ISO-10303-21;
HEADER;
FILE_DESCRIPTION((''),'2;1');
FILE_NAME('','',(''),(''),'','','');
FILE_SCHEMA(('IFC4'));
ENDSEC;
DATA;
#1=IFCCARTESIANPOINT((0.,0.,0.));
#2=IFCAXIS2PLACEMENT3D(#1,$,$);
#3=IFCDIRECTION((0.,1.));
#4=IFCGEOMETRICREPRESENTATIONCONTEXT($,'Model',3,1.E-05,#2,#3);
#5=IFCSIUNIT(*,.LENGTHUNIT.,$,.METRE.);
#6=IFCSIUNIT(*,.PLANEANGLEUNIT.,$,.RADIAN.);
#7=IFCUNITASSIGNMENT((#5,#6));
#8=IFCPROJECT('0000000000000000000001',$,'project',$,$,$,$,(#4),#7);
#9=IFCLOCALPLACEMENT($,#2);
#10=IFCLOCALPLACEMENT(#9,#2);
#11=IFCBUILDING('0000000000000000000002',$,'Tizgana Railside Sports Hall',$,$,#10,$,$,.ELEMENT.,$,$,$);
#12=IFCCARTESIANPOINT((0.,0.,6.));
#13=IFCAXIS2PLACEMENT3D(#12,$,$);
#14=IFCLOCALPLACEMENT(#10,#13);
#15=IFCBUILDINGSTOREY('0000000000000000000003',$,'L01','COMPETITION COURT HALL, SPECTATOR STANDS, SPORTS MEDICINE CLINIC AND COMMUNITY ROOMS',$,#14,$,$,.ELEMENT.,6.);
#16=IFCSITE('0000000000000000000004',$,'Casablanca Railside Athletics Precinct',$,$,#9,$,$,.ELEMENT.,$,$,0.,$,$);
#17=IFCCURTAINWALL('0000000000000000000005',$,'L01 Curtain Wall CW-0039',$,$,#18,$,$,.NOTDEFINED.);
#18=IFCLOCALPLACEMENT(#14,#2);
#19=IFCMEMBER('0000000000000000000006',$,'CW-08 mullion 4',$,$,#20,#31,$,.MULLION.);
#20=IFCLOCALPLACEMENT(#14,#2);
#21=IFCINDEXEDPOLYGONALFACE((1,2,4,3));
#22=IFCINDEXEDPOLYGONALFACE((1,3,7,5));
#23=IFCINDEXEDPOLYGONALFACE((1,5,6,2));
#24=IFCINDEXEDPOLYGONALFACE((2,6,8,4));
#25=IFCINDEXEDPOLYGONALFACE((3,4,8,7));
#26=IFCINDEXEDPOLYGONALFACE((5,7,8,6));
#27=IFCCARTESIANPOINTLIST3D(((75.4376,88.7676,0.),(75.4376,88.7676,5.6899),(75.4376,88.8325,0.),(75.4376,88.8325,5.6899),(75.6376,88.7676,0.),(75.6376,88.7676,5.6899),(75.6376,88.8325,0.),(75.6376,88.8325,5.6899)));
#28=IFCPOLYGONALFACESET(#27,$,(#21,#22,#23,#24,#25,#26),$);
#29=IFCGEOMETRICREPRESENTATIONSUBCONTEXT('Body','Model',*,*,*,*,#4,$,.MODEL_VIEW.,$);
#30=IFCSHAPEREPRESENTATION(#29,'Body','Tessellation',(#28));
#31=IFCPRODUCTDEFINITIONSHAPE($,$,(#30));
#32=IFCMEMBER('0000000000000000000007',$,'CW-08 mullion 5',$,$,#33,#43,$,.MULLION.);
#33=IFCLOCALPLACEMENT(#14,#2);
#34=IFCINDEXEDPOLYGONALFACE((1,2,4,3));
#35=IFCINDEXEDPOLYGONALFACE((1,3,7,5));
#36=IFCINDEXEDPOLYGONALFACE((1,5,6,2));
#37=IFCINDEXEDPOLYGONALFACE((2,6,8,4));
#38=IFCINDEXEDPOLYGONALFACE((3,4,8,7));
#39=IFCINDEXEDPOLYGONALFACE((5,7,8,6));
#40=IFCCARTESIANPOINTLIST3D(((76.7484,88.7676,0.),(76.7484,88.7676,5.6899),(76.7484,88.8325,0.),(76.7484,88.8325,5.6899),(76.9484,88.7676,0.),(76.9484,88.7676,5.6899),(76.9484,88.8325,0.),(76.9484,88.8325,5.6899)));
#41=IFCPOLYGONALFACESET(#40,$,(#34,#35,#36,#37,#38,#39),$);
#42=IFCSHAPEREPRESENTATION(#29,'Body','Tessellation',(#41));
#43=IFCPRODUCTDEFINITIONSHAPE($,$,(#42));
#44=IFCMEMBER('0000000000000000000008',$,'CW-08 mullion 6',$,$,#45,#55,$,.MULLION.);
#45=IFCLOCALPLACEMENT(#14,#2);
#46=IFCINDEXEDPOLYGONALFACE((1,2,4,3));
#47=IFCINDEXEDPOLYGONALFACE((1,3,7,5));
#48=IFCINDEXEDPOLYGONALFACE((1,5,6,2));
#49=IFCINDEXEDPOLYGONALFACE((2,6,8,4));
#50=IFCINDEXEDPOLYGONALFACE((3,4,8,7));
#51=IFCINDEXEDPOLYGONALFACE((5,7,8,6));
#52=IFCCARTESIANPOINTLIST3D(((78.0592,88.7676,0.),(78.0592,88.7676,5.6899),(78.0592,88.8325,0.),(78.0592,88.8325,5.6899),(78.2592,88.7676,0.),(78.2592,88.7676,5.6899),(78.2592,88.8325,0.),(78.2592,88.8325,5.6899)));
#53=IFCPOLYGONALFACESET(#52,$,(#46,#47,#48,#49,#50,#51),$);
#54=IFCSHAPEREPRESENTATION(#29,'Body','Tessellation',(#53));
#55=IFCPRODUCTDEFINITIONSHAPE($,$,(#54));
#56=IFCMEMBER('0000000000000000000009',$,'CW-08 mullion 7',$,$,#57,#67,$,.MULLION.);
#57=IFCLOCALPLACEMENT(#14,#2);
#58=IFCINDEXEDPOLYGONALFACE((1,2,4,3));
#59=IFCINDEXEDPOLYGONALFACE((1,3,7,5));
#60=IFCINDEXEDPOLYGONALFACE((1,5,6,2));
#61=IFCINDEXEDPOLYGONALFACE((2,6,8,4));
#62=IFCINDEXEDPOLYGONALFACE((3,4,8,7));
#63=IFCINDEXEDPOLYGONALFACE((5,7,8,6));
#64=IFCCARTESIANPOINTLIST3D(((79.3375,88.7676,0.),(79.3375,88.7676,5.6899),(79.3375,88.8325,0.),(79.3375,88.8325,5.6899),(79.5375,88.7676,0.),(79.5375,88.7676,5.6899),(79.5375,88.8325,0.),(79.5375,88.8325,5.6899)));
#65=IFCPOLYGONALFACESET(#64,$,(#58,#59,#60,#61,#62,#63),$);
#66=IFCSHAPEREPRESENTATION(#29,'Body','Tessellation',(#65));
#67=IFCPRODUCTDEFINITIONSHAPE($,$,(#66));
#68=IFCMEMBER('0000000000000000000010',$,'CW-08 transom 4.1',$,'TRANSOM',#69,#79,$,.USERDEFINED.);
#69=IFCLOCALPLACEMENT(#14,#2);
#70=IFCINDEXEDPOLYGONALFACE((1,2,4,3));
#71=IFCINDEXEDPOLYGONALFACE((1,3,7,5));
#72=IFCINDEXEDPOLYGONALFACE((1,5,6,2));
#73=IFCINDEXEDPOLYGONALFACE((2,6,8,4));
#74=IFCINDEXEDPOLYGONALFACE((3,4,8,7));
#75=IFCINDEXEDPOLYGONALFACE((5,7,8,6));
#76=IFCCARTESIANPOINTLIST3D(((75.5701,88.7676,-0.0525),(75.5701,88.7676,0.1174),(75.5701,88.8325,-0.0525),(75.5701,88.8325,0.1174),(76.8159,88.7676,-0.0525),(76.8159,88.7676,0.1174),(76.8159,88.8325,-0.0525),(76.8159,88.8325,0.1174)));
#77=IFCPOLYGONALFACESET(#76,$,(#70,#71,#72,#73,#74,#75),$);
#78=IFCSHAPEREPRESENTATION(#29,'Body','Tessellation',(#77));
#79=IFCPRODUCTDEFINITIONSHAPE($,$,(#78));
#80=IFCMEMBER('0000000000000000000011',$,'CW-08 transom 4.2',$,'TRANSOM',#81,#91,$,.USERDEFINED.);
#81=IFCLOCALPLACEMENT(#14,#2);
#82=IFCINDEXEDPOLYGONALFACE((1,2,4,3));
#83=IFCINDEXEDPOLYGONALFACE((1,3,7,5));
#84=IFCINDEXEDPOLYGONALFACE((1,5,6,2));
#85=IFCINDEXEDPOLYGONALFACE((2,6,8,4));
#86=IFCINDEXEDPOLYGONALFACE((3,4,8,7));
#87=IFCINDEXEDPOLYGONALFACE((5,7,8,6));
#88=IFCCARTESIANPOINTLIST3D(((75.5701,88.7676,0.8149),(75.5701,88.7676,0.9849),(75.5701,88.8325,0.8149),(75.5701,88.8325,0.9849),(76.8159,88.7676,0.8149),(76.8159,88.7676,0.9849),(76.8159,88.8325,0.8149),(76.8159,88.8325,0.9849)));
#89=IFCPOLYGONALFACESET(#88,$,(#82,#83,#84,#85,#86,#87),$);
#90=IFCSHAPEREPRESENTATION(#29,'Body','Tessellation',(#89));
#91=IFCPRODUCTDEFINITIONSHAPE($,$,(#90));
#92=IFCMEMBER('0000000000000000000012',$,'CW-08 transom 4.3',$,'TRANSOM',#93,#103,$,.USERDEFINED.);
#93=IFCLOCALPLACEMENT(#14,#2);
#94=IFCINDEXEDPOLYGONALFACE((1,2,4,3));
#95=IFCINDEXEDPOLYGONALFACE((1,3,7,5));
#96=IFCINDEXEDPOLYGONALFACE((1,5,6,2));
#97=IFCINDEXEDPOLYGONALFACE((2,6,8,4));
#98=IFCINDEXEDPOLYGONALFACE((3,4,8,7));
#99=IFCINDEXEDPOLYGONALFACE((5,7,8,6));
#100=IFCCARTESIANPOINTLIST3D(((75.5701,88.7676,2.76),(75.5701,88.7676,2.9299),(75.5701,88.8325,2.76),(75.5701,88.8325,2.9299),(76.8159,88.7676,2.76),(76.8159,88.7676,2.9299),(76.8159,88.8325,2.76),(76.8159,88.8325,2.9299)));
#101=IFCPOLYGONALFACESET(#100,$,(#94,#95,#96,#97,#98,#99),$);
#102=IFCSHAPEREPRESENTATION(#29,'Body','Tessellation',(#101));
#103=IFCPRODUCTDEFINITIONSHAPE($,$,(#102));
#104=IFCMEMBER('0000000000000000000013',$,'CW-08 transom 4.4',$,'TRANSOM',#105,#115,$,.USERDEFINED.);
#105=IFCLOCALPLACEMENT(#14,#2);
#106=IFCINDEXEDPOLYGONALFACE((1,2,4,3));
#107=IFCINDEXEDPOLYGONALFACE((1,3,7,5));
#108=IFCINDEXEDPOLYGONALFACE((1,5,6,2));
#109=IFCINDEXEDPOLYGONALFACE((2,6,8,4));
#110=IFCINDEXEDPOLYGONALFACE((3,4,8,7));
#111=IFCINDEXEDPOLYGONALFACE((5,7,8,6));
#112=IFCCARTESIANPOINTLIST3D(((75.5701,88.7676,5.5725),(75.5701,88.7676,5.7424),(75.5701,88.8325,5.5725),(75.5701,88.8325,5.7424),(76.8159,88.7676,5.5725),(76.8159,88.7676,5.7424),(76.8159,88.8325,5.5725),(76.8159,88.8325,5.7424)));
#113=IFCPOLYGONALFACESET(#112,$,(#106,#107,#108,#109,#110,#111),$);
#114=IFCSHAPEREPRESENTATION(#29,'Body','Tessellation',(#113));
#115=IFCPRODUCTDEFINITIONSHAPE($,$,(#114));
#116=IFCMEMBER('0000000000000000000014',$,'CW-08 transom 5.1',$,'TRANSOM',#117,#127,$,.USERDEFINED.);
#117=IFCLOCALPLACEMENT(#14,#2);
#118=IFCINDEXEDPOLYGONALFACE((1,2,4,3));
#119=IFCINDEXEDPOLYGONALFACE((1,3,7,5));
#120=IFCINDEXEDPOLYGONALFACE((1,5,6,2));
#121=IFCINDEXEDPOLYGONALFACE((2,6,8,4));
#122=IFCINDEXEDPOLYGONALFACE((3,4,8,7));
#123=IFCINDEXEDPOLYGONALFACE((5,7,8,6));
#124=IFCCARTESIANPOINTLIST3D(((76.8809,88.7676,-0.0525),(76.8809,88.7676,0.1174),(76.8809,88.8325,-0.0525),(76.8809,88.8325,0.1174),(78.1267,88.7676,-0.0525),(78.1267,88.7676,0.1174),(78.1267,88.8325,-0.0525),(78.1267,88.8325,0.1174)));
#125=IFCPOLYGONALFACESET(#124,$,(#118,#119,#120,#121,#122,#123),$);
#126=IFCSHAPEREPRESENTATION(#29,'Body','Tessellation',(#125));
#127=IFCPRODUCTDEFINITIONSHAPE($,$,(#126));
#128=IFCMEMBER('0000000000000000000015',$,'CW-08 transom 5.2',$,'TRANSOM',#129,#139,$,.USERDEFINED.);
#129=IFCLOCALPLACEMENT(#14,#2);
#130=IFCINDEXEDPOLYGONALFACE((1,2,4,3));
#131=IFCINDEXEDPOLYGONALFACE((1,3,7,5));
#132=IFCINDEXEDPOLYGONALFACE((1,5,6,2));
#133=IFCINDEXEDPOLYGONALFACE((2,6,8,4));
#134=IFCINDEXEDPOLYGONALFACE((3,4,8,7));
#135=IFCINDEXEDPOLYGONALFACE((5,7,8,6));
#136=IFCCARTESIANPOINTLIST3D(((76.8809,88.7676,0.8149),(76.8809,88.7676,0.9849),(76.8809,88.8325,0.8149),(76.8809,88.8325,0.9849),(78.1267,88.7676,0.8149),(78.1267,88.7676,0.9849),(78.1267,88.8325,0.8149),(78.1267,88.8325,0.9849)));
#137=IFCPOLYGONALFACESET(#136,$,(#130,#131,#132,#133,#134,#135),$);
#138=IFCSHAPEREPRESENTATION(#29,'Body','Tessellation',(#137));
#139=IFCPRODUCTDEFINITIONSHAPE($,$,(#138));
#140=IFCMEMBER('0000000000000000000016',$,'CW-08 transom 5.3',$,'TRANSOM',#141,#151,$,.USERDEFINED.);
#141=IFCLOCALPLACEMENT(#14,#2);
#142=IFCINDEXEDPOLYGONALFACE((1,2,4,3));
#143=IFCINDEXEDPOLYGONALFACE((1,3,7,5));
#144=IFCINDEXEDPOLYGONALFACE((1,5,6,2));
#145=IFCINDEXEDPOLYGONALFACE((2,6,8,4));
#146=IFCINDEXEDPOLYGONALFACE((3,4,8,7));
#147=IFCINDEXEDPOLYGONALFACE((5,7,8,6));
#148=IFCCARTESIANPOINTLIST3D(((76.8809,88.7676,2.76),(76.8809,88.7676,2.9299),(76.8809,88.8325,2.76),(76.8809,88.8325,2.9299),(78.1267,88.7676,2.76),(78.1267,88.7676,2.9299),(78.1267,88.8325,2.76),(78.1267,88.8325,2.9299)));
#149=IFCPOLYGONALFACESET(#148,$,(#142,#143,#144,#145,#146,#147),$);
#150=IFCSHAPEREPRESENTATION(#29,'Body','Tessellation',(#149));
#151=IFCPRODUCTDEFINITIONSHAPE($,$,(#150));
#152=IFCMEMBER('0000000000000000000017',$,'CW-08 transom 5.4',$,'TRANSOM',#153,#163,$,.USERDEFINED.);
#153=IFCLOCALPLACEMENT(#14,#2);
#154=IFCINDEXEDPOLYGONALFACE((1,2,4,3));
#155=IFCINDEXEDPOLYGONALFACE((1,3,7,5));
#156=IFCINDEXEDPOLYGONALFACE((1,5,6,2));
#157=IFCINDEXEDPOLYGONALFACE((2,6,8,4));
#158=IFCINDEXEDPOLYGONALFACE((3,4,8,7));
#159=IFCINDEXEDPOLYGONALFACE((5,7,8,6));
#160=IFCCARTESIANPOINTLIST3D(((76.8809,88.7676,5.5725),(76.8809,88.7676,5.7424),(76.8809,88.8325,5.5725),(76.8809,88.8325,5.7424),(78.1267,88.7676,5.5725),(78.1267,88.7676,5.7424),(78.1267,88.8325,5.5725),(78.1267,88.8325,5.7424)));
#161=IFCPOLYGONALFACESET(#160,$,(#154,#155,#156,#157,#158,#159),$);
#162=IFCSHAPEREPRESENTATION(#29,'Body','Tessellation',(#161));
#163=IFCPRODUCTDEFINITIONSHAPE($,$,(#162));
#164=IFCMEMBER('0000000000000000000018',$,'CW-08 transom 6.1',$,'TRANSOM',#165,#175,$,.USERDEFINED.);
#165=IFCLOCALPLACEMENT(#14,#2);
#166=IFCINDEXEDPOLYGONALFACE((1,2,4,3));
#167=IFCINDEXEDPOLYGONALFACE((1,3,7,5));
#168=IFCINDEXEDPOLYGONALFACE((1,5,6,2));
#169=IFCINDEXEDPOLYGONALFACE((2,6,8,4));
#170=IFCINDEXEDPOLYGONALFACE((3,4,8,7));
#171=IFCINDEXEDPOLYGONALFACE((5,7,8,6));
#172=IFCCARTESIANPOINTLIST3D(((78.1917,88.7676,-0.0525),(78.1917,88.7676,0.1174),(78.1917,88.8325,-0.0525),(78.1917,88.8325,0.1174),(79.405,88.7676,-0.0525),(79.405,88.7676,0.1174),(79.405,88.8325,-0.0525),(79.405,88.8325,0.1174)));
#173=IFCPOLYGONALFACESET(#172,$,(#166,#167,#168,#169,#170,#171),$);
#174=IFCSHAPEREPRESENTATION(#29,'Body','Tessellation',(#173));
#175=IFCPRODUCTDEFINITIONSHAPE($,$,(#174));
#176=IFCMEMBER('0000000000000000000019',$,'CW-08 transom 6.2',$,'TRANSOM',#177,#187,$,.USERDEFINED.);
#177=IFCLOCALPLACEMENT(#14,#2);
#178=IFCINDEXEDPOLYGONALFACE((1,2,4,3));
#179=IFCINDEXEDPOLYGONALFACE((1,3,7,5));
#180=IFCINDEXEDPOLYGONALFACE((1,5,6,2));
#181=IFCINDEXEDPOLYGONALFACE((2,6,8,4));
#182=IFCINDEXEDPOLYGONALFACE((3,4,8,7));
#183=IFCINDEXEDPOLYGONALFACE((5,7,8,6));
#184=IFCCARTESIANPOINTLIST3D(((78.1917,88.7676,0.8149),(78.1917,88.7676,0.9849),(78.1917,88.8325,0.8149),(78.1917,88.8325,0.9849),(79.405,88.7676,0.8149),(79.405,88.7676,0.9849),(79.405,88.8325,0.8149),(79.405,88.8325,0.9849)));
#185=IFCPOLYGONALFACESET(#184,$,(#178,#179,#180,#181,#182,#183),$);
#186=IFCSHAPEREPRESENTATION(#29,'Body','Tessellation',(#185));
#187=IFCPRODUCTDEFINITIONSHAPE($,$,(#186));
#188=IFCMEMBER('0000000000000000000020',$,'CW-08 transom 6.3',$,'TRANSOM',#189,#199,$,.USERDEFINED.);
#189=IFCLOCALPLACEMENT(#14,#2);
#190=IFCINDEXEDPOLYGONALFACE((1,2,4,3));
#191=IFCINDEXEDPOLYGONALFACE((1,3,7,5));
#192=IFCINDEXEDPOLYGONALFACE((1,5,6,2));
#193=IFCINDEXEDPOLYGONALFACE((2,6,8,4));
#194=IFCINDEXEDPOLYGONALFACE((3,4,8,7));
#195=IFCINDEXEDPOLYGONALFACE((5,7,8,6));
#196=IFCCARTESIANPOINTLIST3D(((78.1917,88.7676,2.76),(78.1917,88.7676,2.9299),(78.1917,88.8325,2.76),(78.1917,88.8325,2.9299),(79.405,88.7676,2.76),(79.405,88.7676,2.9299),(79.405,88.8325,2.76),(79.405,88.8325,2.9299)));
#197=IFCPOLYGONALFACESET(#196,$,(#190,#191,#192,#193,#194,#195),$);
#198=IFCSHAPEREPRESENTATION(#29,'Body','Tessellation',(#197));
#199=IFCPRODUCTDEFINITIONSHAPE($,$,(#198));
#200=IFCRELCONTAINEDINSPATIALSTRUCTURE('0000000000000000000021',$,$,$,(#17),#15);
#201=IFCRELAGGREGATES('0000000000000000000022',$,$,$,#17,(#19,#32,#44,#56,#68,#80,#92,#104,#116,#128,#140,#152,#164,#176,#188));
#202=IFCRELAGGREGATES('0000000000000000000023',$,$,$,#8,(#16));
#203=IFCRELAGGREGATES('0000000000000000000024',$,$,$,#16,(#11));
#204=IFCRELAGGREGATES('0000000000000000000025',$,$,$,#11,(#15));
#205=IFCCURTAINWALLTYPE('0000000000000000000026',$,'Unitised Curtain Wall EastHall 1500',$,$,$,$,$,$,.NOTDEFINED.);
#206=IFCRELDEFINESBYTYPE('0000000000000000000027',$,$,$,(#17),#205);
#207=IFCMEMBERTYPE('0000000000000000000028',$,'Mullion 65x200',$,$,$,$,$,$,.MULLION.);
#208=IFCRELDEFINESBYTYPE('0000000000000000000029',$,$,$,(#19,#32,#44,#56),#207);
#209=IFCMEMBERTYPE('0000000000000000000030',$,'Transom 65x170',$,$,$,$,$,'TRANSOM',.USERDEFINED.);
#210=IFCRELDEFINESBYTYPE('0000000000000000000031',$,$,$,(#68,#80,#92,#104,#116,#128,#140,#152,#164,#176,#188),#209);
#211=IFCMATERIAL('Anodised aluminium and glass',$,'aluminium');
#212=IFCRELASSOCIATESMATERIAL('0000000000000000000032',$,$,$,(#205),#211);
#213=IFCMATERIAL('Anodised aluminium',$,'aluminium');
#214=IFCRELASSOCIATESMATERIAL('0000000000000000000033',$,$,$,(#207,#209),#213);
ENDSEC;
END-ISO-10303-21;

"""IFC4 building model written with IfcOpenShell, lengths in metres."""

from ifc_helpers import new_model, si_unit, direction, frame, origin, origin_2d, place, context, subcontext, project, spatial, rectangle, extrude, material, material_profile, profile_set, type_object, element, aggregate, save


model = new_model("IFC4")

# Units and contexts
model_context = context("Model", 3, precision=1e-05, world=origin(), true_north=direction((0.0, 1.0)))
body_context = subcontext(model_context, "Body", "Model", "MODEL_VIEW")
ifc_project = project(units=[si_unit("LENGTHUNIT", "METRE"), si_unit("PLANEANGLEUNIT", "RADIAN")], contexts=[model_context])

# Site, building, storey
site_placement = place(None, origin())
site = spatial("IfcSite", under=ifc_project, at=site_placement, Name="Casablanca Railside Athletics Precinct", CompositionType="ELEMENT", RefElevation=0.0)
building_placement = place(site_placement, origin())
building = spatial("IfcBuilding", under=site, at=building_placement, Name="Tizgana Railside Sports Hall", CompositionType="ELEMENT")
storey_placement = place(building_placement, frame((0.0, 0.0, 6.0)))
storey = spatial("IfcBuildingStorey", under=building, at=storey_placement, Name="L01", Description="COMPETITION COURT HALL, SPECTATOR STANDS, SPORTS MEDICINE CLINIC AND COMMUNITY ROOMS", CompositionType="ELEMENT", Elevation=6.0)

# Curtain wall, members
ifc_material_1 = material(Name="Anodised aluminium and glass", Category="aluminium")
curtain_wall_type = type_object("IfcCurtainWallType", Name="Unitised Curtain Wall EastHall 1500", PredefinedType="NOTDEFINED", material=ifc_material_1)
curtain_wall_placement = place(storey_placement, origin())
curtain_wall = element("IfcCurtainWall", 1, at=curtain_wall_placement, inside=storey, type_object=curtain_wall_type, Name="L01 Curtain Wall CW-0039", PredefinedType="NOTDEFINED")
ifc_material_2 = material(Name="Anodised aluminium", Category="aluminium")
ifc_material_profile_1 = material_profile(ifc_material_2, rectangle(XDim=0.0649, YDim=0.2, at=origin_2d()), Name="Mullion 65x200")
ifc_profile_set_1 = profile_set([ifc_material_profile_1], Name="Anodised aluminium")
member_type_1 = type_object("IfcMemberType", Name="Mullion 65x200", PredefinedType="MULLION", material=ifc_profile_set_1)
member_1_placement = place(storey_placement, frame((75.5376, 88.8, 0.0), z_axis=(0.0, 0.0, 1.0), x_axis=(0.0, 1.0, 0.0)))
member_1 = element("IfcMember", 2, at=member_1_placement, type_object=member_type_1, Name="CW-08 mullion 4", PredefinedType="MULLION", context=body_context, shape_type="SweptSolid", body=[
    extrude(rectangle(XDim=0.0649, YDim=0.2, at=origin_2d()), origin(), (0.0, 0.0, 1.0), 5.6899),
])
member_2_placement = place(storey_placement, frame((76.8484, 88.8, 0.0), z_axis=(0.0, 0.0, 1.0), x_axis=(0.0, 1.0, 0.0)))
member_2 = element("IfcMember", 3, at=member_2_placement, type_object=member_type_1, Name="CW-08 mullion 5", PredefinedType="MULLION", context=body_context, shape_type="SweptSolid", body=[
    extrude(rectangle(XDim=0.0649, YDim=0.2, at=origin_2d()), origin(), (0.0, 0.0, 1.0), 5.6899),
])
member_3_placement = place(storey_placement, frame((78.1592, 88.8, 0.0), z_axis=(0.0, 0.0, 1.0), x_axis=(0.0, 1.0, 0.0)))
member_3 = element("IfcMember", 4, at=member_3_placement, type_object=member_type_1, Name="CW-08 mullion 6", PredefinedType="MULLION", context=body_context, shape_type="SweptSolid", body=[
    extrude(rectangle(XDim=0.0649, YDim=0.2, at=origin_2d()), origin(), (0.0, 0.0, 1.0), 5.6899),
])
member_4_placement = place(storey_placement, frame((79.4375, 88.8, 0.0), z_axis=(0.0, 0.0, 1.0), x_axis=(0.0, 1.0, 0.0)))
member_4 = element("IfcMember", 5, at=member_4_placement, type_object=member_type_1, Name="CW-08 mullion 7", PredefinedType="MULLION", context=body_context, shape_type="SweptSolid", body=[
    extrude(rectangle(XDim=0.0649, YDim=0.2, at=origin_2d()), origin(), (0.0, 0.0, 1.0), 5.6899),
])
ifc_material_profile_2 = material_profile(ifc_material_2, rectangle(XDim=0.0649, YDim=0.1699, at=origin_2d()), Name="Transom 65x170")
ifc_profile_set_2 = profile_set([ifc_material_profile_2], Name="Anodised aluminium")
member_type_2 = type_object("IfcMemberType", Name="Transom 65x170", ElementType="TRANSOM", PredefinedType="USERDEFINED", material=ifc_profile_set_2)
member_5_placement = place(storey_placement, frame((75.5701, 88.8, 0.0325), z_axis=(1.0, 0.0, 0.0), x_axis=(0.0, 1.0, 0.0)))
member_5 = element("IfcMember", 6, at=member_5_placement, type_object=member_type_2, Name="CW-08 transom 4.1", ObjectType="TRANSOM", PredefinedType="USERDEFINED", context=body_context, shape_type="SweptSolid", body=[
    extrude(rectangle(XDim=0.0649, YDim=0.1699, at=origin_2d()), origin(), (0.0, 0.0, 1.0), 1.2458),
])
member_6_placement = place(storey_placement, frame((75.5701, 88.8, 0.8999), z_axis=(1.0, 0.0, 0.0), x_axis=(0.0, 1.0, 0.0)))
member_6 = element("IfcMember", 7, at=member_6_placement, type_object=member_type_2, Name="CW-08 transom 4.2", ObjectType="TRANSOM", PredefinedType="USERDEFINED", context=body_context, shape_type="SweptSolid", body=[
    extrude(rectangle(XDim=0.0649, YDim=0.1699, at=origin_2d()), origin(), (0.0, 0.0, 1.0), 1.2458),
])
member_7_placement = place(storey_placement, frame((75.5701, 88.8, 2.845), z_axis=(1.0, 0.0, 0.0), x_axis=(0.0, 1.0, 0.0)))
member_7 = element("IfcMember", 8, at=member_7_placement, type_object=member_type_2, Name="CW-08 transom 4.3", ObjectType="TRANSOM", PredefinedType="USERDEFINED", context=body_context, shape_type="SweptSolid", body=[
    extrude(rectangle(XDim=0.0649, YDim=0.1699, at=origin_2d()), origin(), (0.0, 0.0, 1.0), 1.2458),
])
member_8_placement = place(storey_placement, frame((75.5701, 88.8, 5.6575), z_axis=(1.0, 0.0, 0.0), x_axis=(0.0, 1.0, 0.0)))
member_8 = element("IfcMember", 9, at=member_8_placement, type_object=member_type_2, Name="CW-08 transom 4.4", ObjectType="TRANSOM", PredefinedType="USERDEFINED", context=body_context, shape_type="SweptSolid", body=[
    extrude(rectangle(XDim=0.0649, YDim=0.1699, at=origin_2d()), origin(), (0.0, 0.0, 1.0), 1.2458),
])
member_9_placement = place(storey_placement, frame((76.8809, 88.8, 0.0325), z_axis=(1.0, 0.0, 0.0), x_axis=(0.0, 1.0, 0.0)))
member_9 = element("IfcMember", 10, at=member_9_placement, type_object=member_type_2, Name="CW-08 transom 5.1", ObjectType="TRANSOM", PredefinedType="USERDEFINED", context=body_context, shape_type="SweptSolid", body=[
    extrude(rectangle(XDim=0.0649, YDim=0.1699, at=origin_2d()), origin(), (0.0, 0.0, 1.0), 1.2458),
])
member_10_placement = place(storey_placement, frame((76.8809, 88.8, 0.8999), z_axis=(1.0, 0.0, 0.0), x_axis=(0.0, 1.0, 0.0)))
member_10 = element("IfcMember", 11, at=member_10_placement, type_object=member_type_2, Name="CW-08 transom 5.2", ObjectType="TRANSOM", PredefinedType="USERDEFINED", context=body_context, shape_type="SweptSolid", body=[
    extrude(rectangle(XDim=0.0649, YDim=0.1699, at=origin_2d()), origin(), (0.0, 0.0, 1.0), 1.2458),
])
member_11_placement = place(storey_placement, frame((76.8809, 88.8, 2.845), z_axis=(1.0, 0.0, 0.0), x_axis=(0.0, 1.0, 0.0)))
member_11 = element("IfcMember", 12, at=member_11_placement, type_object=member_type_2, Name="CW-08 transom 5.3", ObjectType="TRANSOM", PredefinedType="USERDEFINED", context=body_context, shape_type="SweptSolid", body=[
    extrude(rectangle(XDim=0.0649, YDim=0.1699, at=origin_2d()), origin(), (0.0, 0.0, 1.0), 1.2458),
])
member_12_placement = place(storey_placement, frame((76.8809, 88.8, 5.6575), z_axis=(1.0, 0.0, 0.0), x_axis=(0.0, 1.0, 0.0)))
member_12 = element("IfcMember", 13, at=member_12_placement, type_object=member_type_2, Name="CW-08 transom 5.4", ObjectType="TRANSOM", PredefinedType="USERDEFINED", context=body_context, shape_type="SweptSolid", body=[
    extrude(rectangle(XDim=0.0649, YDim=0.1699, at=origin_2d()), origin(), (0.0, 0.0, 1.0), 1.2458),
])
member_13_placement = place(storey_placement, frame((78.1917, 88.8, 0.0325), z_axis=(1.0, 0.0, 0.0), x_axis=(0.0, 1.0, 0.0)))
member_13 = element("IfcMember", 14, at=member_13_placement, type_object=member_type_2, Name="CW-08 transom 6.1", ObjectType="TRANSOM", PredefinedType="USERDEFINED", context=body_context, shape_type="SweptSolid", body=[
    extrude(rectangle(XDim=0.0649, YDim=0.1699, at=origin_2d()), origin(), (0.0, 0.0, 1.0), 1.2134),
])
member_14_placement = place(storey_placement, frame((78.1917, 88.8, 0.8999), z_axis=(1.0, 0.0, 0.0), x_axis=(0.0, 1.0, 0.0)))
member_14 = element("IfcMember", 15, at=member_14_placement, type_object=member_type_2, Name="CW-08 transom 6.2", ObjectType="TRANSOM", PredefinedType="USERDEFINED", context=body_context, shape_type="SweptSolid", body=[
    extrude(rectangle(XDim=0.0649, YDim=0.1699, at=origin_2d()), origin(), (0.0, 0.0, 1.0), 1.2134),
])
member_15_placement = place(storey_placement, frame((78.1917, 88.8, 2.845), z_axis=(1.0, 0.0, 0.0), x_axis=(0.0, 1.0, 0.0)))
member_15 = element("IfcMember", 16, at=member_15_placement, type_object=member_type_2, Name="CW-08 transom 6.3", ObjectType="TRANSOM", PredefinedType="USERDEFINED", context=body_context, shape_type="SweptSolid", body=[
    extrude(rectangle(XDim=0.0649, YDim=0.1699, at=origin_2d()), origin(), (0.0, 0.0, 1.0), 1.2134),
])
aggregate(curtain_wall, [member_1, member_2, member_3, member_4, member_5, member_6, member_7, member_8, member_9, member_10, member_11, member_12, member_13, member_14, member_15])

save(model, "model.ifc")
